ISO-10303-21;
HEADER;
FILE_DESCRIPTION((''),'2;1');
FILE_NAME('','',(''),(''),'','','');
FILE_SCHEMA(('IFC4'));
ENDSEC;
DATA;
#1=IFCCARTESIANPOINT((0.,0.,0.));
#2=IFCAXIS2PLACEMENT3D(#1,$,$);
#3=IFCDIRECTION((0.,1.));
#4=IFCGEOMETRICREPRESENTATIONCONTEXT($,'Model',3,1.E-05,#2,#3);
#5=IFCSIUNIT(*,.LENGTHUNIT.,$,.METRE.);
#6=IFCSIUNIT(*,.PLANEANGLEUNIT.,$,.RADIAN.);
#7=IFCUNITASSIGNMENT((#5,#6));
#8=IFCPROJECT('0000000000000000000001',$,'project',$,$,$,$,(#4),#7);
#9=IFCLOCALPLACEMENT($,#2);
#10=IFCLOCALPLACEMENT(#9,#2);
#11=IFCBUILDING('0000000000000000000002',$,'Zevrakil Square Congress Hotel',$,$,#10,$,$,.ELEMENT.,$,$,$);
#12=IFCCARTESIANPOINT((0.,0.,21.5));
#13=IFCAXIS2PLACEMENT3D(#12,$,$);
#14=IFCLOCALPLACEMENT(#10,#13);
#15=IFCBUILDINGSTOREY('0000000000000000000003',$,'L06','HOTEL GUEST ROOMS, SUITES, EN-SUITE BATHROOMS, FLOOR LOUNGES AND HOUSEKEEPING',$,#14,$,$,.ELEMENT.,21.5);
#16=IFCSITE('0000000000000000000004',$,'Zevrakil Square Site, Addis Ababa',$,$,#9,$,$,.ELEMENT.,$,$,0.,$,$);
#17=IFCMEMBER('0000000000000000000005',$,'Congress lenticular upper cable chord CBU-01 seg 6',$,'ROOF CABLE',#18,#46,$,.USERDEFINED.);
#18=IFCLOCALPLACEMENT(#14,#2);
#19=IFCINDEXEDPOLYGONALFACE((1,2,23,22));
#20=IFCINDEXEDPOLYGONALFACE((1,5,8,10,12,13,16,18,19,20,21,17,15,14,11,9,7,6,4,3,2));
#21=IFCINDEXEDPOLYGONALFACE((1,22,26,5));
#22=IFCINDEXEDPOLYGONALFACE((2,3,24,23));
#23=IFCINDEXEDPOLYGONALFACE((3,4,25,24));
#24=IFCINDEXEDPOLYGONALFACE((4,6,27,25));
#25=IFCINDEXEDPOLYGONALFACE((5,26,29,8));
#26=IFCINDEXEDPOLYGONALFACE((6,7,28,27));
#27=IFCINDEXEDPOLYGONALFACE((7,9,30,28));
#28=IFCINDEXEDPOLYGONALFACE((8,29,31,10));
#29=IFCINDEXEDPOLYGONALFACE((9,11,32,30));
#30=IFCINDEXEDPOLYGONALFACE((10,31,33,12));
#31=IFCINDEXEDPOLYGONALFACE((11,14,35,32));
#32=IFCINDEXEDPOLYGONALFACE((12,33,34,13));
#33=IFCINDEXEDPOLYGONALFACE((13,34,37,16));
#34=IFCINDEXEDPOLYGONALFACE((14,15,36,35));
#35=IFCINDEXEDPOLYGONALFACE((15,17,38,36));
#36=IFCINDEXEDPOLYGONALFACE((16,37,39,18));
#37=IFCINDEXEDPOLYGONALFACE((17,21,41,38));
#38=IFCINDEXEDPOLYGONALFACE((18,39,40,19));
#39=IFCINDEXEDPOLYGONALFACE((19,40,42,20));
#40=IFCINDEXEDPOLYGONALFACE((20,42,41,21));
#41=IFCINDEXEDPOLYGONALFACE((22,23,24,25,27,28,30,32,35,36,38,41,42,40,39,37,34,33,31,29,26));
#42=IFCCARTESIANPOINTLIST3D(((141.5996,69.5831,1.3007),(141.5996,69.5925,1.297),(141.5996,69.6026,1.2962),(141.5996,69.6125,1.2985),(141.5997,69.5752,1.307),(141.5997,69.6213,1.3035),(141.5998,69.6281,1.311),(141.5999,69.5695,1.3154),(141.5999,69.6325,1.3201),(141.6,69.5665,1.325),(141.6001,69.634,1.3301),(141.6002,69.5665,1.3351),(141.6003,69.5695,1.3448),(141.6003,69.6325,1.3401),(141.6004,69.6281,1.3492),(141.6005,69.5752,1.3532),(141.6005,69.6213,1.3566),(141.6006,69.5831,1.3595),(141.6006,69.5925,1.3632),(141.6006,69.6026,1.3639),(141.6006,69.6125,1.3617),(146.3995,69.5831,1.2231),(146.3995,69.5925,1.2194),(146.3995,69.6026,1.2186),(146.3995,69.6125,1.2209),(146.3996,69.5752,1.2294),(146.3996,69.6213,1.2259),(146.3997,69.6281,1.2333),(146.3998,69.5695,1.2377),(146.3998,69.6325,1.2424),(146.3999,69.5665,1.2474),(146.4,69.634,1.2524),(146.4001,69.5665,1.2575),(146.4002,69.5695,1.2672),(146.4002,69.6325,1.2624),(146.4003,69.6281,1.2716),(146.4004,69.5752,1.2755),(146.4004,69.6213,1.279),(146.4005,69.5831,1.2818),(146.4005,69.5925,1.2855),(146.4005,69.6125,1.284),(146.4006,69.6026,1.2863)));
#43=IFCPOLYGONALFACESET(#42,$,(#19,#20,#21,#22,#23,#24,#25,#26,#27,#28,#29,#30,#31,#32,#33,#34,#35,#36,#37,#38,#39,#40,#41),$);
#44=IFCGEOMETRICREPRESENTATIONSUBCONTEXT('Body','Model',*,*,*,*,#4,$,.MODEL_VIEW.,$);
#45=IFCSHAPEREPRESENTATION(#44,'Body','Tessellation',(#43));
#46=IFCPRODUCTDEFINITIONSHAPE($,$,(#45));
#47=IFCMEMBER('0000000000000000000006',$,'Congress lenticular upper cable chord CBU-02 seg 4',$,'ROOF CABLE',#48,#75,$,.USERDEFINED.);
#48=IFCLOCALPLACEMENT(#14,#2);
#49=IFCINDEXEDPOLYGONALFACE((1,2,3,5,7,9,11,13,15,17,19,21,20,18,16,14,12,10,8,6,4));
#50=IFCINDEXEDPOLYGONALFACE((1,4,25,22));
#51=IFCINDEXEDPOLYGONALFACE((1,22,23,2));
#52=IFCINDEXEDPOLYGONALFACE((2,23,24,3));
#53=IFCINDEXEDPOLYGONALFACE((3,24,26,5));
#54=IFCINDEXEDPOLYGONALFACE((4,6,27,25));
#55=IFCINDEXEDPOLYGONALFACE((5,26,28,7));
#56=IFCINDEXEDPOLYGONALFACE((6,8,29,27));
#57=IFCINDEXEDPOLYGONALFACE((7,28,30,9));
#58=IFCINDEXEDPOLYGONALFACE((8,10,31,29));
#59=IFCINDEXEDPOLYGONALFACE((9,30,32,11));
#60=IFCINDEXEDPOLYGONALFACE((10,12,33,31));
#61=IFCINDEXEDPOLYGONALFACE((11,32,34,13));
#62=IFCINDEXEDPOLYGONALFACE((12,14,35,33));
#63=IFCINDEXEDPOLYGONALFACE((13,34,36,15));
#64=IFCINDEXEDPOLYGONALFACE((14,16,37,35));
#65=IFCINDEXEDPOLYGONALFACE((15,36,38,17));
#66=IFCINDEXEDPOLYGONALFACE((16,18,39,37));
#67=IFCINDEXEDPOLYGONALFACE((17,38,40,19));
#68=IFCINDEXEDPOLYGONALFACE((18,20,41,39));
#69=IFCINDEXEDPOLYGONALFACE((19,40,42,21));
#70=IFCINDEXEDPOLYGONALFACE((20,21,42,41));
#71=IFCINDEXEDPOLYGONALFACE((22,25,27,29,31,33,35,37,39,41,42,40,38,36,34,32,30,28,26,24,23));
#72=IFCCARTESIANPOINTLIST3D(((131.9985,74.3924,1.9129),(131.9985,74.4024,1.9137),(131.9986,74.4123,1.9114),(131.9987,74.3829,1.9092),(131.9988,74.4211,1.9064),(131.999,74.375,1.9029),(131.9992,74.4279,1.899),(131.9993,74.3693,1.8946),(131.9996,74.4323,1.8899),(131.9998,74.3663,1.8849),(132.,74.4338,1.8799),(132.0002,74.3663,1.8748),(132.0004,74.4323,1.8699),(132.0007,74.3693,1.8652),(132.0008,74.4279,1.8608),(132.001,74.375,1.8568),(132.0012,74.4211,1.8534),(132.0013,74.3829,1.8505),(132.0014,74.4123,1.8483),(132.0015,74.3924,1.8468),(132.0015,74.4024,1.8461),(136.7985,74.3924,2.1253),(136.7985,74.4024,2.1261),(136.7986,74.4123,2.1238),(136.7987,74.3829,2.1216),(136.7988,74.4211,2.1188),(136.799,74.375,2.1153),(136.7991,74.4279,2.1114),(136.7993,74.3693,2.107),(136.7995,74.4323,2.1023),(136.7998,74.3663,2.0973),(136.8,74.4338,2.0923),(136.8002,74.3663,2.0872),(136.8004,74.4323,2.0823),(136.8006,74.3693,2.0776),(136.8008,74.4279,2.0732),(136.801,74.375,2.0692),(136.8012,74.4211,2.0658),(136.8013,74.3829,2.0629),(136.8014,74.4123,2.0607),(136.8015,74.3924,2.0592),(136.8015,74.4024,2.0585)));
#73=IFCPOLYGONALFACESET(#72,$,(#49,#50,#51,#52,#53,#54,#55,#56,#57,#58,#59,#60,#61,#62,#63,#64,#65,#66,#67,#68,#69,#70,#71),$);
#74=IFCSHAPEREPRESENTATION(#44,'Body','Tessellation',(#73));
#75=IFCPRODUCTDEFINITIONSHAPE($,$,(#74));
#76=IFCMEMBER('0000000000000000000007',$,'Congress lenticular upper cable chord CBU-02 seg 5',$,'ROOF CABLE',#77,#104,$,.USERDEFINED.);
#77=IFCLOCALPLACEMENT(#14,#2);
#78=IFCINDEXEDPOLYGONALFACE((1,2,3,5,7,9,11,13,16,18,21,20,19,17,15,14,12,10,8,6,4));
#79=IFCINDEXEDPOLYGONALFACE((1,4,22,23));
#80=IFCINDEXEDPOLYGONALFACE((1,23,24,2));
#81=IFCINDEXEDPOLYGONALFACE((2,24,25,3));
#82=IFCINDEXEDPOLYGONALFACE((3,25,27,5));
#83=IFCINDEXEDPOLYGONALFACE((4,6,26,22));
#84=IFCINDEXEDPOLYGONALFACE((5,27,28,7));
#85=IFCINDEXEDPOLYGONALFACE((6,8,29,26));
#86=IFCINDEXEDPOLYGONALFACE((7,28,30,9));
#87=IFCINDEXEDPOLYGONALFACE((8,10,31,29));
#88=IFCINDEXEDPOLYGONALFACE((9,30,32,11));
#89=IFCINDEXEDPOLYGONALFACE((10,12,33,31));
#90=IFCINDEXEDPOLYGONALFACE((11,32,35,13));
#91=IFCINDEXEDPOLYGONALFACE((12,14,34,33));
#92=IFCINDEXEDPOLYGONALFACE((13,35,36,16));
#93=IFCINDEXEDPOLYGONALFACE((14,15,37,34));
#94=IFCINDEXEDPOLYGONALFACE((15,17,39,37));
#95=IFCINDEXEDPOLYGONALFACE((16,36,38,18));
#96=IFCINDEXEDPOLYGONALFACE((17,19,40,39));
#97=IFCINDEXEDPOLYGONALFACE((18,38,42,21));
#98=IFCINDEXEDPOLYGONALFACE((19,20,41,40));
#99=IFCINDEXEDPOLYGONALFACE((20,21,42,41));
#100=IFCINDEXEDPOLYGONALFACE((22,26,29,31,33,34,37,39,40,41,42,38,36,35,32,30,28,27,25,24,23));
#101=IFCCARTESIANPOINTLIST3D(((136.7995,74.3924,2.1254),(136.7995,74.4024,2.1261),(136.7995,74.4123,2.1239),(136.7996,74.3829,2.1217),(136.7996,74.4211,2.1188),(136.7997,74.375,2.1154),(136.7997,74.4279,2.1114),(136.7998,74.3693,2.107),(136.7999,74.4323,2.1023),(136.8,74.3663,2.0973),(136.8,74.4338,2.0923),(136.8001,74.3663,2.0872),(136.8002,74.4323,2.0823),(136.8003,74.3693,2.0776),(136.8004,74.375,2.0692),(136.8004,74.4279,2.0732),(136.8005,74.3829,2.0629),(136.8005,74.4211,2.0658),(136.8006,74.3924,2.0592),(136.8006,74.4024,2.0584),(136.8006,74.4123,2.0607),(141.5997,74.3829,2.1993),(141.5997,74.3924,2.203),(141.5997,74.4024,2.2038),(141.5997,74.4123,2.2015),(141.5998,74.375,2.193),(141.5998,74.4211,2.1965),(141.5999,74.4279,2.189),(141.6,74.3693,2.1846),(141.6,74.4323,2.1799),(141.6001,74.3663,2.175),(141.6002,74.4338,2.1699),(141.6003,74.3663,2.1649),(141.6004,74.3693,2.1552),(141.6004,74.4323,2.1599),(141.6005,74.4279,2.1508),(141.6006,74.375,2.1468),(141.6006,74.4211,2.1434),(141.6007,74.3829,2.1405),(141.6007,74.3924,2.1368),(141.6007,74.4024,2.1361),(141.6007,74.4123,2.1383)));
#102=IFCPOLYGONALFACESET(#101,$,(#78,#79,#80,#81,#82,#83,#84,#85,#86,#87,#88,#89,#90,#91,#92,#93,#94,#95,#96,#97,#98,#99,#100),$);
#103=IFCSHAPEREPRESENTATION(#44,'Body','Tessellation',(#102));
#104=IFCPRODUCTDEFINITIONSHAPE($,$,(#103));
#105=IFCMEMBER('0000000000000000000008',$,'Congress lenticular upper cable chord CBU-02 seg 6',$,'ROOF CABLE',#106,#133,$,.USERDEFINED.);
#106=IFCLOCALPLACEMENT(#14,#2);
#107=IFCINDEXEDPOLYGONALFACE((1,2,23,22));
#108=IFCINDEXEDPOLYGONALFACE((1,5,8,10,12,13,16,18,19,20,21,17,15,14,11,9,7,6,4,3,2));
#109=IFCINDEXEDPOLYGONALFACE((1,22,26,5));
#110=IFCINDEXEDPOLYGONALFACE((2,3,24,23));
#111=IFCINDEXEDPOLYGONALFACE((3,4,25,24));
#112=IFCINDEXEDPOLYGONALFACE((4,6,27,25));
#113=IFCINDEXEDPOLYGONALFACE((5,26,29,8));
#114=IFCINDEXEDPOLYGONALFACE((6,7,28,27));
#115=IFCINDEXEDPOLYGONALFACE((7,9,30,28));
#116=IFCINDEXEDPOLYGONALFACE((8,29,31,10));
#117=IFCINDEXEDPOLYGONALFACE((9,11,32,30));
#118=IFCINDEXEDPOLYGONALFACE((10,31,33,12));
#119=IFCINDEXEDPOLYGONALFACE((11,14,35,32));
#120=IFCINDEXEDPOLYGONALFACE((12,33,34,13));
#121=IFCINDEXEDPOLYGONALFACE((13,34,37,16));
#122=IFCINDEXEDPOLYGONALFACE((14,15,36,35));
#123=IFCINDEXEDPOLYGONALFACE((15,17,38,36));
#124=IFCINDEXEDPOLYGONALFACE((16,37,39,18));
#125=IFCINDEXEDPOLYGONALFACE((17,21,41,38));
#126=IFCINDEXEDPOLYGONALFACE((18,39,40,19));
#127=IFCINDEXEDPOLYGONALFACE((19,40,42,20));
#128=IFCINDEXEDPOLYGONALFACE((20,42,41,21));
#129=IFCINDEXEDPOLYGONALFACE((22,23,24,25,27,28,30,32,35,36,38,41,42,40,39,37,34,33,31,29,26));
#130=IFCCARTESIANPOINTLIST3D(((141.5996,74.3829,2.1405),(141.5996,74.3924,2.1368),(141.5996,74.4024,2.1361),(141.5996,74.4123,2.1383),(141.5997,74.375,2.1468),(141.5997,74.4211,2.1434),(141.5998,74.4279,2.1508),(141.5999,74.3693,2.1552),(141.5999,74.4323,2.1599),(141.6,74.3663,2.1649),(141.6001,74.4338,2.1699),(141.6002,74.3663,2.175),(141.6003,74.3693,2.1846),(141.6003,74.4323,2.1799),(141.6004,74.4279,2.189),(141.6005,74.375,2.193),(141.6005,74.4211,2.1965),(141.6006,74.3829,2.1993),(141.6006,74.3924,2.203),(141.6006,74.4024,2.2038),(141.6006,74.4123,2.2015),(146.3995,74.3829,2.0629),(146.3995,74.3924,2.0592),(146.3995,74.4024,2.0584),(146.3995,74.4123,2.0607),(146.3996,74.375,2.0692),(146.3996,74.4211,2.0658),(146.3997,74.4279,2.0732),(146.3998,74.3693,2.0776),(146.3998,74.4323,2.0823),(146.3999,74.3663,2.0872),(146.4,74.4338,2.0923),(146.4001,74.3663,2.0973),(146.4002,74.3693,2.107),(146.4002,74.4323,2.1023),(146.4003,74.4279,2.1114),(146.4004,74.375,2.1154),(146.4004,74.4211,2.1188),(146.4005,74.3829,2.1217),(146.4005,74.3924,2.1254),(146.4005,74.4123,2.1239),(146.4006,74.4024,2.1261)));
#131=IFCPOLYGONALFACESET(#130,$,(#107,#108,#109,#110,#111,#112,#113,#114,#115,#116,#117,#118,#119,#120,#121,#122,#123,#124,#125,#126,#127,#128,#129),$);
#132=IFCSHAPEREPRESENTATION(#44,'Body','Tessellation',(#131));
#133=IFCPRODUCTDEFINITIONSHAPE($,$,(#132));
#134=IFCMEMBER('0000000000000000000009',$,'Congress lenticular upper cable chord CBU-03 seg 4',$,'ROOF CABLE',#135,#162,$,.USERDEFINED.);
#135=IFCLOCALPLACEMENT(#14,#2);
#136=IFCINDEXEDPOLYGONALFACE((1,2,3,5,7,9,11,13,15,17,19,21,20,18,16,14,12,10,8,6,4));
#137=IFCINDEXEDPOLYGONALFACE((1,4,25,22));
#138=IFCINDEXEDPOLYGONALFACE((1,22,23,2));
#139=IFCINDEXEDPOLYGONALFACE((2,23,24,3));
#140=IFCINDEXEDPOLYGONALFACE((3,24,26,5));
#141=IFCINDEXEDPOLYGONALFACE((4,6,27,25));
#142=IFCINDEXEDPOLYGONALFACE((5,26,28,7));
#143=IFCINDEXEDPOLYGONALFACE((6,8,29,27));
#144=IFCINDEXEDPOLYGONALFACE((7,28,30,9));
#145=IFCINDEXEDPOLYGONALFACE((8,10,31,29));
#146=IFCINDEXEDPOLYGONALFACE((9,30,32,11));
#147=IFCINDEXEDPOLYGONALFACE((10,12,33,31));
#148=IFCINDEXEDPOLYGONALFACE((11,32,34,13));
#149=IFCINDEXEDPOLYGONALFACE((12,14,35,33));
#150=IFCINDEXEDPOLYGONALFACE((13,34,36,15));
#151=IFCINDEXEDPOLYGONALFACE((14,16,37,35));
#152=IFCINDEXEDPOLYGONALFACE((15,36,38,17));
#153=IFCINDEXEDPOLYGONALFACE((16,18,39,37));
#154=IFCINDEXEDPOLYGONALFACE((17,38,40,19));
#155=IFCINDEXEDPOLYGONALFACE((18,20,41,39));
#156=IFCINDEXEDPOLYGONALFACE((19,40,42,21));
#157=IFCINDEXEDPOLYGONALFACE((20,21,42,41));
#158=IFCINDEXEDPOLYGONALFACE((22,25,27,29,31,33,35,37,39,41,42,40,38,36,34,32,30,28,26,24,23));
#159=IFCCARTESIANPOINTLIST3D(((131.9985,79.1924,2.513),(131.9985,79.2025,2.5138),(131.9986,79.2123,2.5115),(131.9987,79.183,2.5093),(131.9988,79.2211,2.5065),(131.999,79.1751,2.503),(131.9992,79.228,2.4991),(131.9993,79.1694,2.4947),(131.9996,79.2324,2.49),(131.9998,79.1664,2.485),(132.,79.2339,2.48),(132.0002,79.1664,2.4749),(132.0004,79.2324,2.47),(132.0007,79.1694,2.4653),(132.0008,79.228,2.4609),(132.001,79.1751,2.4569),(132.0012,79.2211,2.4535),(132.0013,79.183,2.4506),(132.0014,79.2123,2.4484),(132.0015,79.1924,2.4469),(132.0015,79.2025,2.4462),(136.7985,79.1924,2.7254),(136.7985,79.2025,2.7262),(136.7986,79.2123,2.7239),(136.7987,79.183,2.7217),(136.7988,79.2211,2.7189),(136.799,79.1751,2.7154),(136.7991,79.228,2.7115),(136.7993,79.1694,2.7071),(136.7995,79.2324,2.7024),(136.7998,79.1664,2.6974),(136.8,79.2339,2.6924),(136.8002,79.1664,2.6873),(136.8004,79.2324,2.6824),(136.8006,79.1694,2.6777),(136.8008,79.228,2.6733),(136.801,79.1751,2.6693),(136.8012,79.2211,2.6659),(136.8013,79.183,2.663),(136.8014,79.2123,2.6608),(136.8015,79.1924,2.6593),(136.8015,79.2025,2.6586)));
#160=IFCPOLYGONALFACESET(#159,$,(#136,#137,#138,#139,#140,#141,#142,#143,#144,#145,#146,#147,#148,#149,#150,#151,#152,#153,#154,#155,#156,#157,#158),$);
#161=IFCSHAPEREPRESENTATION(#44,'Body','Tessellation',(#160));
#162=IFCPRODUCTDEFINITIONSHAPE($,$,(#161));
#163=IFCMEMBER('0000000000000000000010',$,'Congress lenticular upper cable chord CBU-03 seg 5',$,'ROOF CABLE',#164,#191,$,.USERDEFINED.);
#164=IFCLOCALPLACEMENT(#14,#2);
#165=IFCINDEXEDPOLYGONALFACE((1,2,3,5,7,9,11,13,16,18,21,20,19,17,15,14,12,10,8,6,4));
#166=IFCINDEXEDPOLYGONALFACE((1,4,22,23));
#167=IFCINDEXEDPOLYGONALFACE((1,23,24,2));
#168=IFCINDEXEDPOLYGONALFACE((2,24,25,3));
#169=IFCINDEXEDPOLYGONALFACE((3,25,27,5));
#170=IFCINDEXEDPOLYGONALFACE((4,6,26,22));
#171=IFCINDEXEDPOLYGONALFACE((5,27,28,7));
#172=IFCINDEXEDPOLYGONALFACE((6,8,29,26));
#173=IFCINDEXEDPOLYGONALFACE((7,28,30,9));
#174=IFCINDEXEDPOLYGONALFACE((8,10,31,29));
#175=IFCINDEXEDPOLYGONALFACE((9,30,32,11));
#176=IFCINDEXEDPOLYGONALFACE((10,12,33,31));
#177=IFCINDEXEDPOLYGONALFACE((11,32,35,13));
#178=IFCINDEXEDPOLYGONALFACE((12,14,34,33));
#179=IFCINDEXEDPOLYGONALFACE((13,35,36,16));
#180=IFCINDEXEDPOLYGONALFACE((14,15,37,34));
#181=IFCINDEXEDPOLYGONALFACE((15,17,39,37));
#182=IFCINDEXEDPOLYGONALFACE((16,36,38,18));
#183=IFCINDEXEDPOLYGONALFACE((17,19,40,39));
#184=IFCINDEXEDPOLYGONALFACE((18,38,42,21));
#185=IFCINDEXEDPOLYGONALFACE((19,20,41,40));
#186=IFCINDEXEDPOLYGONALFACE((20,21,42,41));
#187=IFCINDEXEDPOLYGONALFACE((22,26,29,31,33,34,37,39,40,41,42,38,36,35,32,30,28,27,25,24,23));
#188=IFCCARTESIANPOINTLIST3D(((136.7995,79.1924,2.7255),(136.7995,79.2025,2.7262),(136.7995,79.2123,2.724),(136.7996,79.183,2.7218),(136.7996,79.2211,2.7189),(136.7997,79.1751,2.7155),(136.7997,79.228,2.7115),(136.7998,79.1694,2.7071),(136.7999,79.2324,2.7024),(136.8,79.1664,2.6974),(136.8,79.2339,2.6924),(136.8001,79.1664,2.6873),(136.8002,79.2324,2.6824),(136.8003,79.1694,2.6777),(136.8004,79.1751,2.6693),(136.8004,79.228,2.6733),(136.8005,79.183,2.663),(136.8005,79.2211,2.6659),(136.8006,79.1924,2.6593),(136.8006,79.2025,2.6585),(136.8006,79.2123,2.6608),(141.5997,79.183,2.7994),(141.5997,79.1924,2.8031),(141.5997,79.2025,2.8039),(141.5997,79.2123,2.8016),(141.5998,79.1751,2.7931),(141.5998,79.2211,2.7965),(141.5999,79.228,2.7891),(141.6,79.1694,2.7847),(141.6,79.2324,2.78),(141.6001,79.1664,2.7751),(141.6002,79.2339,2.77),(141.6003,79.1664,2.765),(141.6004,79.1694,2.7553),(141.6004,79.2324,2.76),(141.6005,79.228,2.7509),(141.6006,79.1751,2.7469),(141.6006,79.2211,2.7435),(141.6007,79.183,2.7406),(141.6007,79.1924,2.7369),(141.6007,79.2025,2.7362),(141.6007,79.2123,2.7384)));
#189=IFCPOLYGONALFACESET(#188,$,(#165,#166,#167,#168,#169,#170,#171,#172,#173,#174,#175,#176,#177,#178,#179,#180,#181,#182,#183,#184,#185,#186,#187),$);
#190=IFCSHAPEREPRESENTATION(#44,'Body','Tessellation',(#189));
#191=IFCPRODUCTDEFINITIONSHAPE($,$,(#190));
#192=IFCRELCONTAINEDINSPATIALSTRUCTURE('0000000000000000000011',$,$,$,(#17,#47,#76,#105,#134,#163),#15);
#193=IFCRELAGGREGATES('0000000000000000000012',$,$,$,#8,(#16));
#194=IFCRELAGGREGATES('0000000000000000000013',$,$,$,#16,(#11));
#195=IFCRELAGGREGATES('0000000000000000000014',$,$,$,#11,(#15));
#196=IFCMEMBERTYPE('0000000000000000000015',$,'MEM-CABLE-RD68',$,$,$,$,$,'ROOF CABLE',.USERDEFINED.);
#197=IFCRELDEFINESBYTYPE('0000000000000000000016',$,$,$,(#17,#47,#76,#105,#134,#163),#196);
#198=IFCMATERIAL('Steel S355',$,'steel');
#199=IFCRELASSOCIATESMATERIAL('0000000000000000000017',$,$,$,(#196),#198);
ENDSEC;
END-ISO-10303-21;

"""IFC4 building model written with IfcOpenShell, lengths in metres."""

from ifc_helpers import new_model, si_unit, direction, frame, origin, origin_2d, place, context, subcontext, project, spatial, circle, extrude, material, material_profile, profile_set, type_object, element, save


model = new_model("IFC4")

# Units and contexts
model_context = context("Model", 3, precision=1e-05, world=origin(), true_north=direction((0.0, 1.0)))
body_context = subcontext(model_context, "Body", "Model", "MODEL_VIEW")
ifc_project = project(units=[si_unit("LENGTHUNIT", "METRE"), si_unit("PLANEANGLEUNIT", "RADIAN")], contexts=[model_context])

# Site, building, storey
site_placement = place(None, origin())
site = spatial("IfcSite", under=ifc_project, at=site_placement, Name="Zevrakil Square Site, Addis Ababa", CompositionType="ELEMENT", RefElevation=0.0)
building_placement = place(site_placement, origin())
building = spatial("IfcBuilding", under=site, at=building_placement, Name="Zevrakil Square Congress Hotel", CompositionType="ELEMENT")
storey_placement = place(building_placement, frame((0.0, 0.0, 21.5)))
storey = spatial("IfcBuildingStorey", under=building, at=storey_placement, Name="L06", Description="HOTEL GUEST ROOMS, SUITES, EN-SUITE BATHROOMS, FLOOR LOUNGES AND HOUSEKEEPING", CompositionType="ELEMENT", Elevation=21.5)

# Members
ifc_material_1 = material(Name="Steel S355", Category="steel")
ifc_material_profile_1 = material_profile(ifc_material_1, circle(Radius=0.0339, at=origin_2d()), Name="CABLE RD68")
ifc_profile_set_1 = profile_set([ifc_material_profile_1], Name="Steel S355")
member_type_1 = type_object("IfcMemberType", Name="MEM-CABLE-RD68", ElementType="ROOF CABLE", PredefinedType="USERDEFINED", material=ifc_profile_set_1)
member_1_placement = place(storey_placement, frame((141.6001, 69.6001, 1.3301), z_axis=(0.999869, 0.0, -0.016173), x_axis=(0.0, 1.0, 0.0)))
element("IfcMember", 1, at=member_1_placement, inside=storey, type_object=member_type_1, Name="Congress lenticular upper cable chord CBU-01 seg 6", ObjectType="ROOF CABLE", PredefinedType="USERDEFINED", context=body_context, shape_type="SweptSolid", body=[
    extrude(circle(Radius=0.0339, at=origin_2d()), origin(), (0.0, 0.0, 1.0), 4.8005),
])
member_2_placement = place(storey_placement, frame((132.0, 74.3999, 1.8799), z_axis=(0.999022, 0.0, 0.044207), x_axis=(0.0, 1.0, 0.0)))
element("IfcMember", 2, at=member_2_placement, inside=storey, type_object=member_type_1, Name="Congress lenticular upper cable chord CBU-02 seg 4", ObjectType="ROOF CABLE", PredefinedType="USERDEFINED", context=body_context, shape_type="SweptSolid", body=[
    extrude(circle(Radius=0.0339, at=origin_2d()), origin(), (0.0, 0.0, 1.0), 4.8047),
])
member_3_placement = place(storey_placement, frame((136.8, 74.3999, 2.0923), z_axis=(0.999869, 0.0, 0.016172), x_axis=(0.0, 1.0, 0.0)))
element("IfcMember", 3, at=member_3_placement, inside=storey, type_object=member_type_1, Name="Congress lenticular upper cable chord CBU-02 seg 5", ObjectType="ROOF CABLE", PredefinedType="USERDEFINED", context=body_context, shape_type="SweptSolid", body=[
    extrude(circle(Radius=0.0339, at=origin_2d()), origin(), (0.0, 0.0, 1.0), 4.8008),
])
member_4_placement = place(storey_placement, frame((141.6001, 74.3999, 2.1699), z_axis=(0.999869, 0.0, -0.016173), x_axis=(0.0, 1.0, 0.0)))
element("IfcMember", 4, at=member_4_placement, inside=storey, type_object=member_type_1, Name="Congress lenticular upper cable chord CBU-02 seg 6", ObjectType="ROOF CABLE", PredefinedType="USERDEFINED", context=body_context, shape_type="SweptSolid", body=[
    extrude(circle(Radius=0.0339, at=origin_2d()), origin(), (0.0, 0.0, 1.0), 4.8005),
])
member_5_placement = place(storey_placement, frame((132.0, 79.2, 2.48), z_axis=(0.999022, 0.0, 0.044207), x_axis=(0.0, 1.0, 0.0)))
element("IfcMember", 5, at=member_5_placement, inside=storey, type_object=member_type_1, Name="Congress lenticular upper cable chord CBU-03 seg 4", ObjectType="ROOF CABLE", PredefinedType="USERDEFINED", context=body_context, shape_type="SweptSolid", body=[
    extrude(circle(Radius=0.0339, at=origin_2d()), origin(), (0.0, 0.0, 1.0), 4.8047),
])
member_6_placement = place(storey_placement, frame((136.8, 79.2, 2.6924), z_axis=(0.999869, 0.0, 0.016172), x_axis=(0.0, 1.0, 0.0)))
element("IfcMember", 6, at=member_6_placement, inside=storey, type_object=member_type_1, Name="Congress lenticular upper cable chord CBU-03 seg 5", ObjectType="ROOF CABLE", PredefinedType="USERDEFINED", context=body_context, shape_type="SweptSolid", body=[
    extrude(circle(Radius=0.0339, at=origin_2d()), origin(), (0.0, 0.0, 1.0), 4.8008),
])

save(model, "model.ifc")
